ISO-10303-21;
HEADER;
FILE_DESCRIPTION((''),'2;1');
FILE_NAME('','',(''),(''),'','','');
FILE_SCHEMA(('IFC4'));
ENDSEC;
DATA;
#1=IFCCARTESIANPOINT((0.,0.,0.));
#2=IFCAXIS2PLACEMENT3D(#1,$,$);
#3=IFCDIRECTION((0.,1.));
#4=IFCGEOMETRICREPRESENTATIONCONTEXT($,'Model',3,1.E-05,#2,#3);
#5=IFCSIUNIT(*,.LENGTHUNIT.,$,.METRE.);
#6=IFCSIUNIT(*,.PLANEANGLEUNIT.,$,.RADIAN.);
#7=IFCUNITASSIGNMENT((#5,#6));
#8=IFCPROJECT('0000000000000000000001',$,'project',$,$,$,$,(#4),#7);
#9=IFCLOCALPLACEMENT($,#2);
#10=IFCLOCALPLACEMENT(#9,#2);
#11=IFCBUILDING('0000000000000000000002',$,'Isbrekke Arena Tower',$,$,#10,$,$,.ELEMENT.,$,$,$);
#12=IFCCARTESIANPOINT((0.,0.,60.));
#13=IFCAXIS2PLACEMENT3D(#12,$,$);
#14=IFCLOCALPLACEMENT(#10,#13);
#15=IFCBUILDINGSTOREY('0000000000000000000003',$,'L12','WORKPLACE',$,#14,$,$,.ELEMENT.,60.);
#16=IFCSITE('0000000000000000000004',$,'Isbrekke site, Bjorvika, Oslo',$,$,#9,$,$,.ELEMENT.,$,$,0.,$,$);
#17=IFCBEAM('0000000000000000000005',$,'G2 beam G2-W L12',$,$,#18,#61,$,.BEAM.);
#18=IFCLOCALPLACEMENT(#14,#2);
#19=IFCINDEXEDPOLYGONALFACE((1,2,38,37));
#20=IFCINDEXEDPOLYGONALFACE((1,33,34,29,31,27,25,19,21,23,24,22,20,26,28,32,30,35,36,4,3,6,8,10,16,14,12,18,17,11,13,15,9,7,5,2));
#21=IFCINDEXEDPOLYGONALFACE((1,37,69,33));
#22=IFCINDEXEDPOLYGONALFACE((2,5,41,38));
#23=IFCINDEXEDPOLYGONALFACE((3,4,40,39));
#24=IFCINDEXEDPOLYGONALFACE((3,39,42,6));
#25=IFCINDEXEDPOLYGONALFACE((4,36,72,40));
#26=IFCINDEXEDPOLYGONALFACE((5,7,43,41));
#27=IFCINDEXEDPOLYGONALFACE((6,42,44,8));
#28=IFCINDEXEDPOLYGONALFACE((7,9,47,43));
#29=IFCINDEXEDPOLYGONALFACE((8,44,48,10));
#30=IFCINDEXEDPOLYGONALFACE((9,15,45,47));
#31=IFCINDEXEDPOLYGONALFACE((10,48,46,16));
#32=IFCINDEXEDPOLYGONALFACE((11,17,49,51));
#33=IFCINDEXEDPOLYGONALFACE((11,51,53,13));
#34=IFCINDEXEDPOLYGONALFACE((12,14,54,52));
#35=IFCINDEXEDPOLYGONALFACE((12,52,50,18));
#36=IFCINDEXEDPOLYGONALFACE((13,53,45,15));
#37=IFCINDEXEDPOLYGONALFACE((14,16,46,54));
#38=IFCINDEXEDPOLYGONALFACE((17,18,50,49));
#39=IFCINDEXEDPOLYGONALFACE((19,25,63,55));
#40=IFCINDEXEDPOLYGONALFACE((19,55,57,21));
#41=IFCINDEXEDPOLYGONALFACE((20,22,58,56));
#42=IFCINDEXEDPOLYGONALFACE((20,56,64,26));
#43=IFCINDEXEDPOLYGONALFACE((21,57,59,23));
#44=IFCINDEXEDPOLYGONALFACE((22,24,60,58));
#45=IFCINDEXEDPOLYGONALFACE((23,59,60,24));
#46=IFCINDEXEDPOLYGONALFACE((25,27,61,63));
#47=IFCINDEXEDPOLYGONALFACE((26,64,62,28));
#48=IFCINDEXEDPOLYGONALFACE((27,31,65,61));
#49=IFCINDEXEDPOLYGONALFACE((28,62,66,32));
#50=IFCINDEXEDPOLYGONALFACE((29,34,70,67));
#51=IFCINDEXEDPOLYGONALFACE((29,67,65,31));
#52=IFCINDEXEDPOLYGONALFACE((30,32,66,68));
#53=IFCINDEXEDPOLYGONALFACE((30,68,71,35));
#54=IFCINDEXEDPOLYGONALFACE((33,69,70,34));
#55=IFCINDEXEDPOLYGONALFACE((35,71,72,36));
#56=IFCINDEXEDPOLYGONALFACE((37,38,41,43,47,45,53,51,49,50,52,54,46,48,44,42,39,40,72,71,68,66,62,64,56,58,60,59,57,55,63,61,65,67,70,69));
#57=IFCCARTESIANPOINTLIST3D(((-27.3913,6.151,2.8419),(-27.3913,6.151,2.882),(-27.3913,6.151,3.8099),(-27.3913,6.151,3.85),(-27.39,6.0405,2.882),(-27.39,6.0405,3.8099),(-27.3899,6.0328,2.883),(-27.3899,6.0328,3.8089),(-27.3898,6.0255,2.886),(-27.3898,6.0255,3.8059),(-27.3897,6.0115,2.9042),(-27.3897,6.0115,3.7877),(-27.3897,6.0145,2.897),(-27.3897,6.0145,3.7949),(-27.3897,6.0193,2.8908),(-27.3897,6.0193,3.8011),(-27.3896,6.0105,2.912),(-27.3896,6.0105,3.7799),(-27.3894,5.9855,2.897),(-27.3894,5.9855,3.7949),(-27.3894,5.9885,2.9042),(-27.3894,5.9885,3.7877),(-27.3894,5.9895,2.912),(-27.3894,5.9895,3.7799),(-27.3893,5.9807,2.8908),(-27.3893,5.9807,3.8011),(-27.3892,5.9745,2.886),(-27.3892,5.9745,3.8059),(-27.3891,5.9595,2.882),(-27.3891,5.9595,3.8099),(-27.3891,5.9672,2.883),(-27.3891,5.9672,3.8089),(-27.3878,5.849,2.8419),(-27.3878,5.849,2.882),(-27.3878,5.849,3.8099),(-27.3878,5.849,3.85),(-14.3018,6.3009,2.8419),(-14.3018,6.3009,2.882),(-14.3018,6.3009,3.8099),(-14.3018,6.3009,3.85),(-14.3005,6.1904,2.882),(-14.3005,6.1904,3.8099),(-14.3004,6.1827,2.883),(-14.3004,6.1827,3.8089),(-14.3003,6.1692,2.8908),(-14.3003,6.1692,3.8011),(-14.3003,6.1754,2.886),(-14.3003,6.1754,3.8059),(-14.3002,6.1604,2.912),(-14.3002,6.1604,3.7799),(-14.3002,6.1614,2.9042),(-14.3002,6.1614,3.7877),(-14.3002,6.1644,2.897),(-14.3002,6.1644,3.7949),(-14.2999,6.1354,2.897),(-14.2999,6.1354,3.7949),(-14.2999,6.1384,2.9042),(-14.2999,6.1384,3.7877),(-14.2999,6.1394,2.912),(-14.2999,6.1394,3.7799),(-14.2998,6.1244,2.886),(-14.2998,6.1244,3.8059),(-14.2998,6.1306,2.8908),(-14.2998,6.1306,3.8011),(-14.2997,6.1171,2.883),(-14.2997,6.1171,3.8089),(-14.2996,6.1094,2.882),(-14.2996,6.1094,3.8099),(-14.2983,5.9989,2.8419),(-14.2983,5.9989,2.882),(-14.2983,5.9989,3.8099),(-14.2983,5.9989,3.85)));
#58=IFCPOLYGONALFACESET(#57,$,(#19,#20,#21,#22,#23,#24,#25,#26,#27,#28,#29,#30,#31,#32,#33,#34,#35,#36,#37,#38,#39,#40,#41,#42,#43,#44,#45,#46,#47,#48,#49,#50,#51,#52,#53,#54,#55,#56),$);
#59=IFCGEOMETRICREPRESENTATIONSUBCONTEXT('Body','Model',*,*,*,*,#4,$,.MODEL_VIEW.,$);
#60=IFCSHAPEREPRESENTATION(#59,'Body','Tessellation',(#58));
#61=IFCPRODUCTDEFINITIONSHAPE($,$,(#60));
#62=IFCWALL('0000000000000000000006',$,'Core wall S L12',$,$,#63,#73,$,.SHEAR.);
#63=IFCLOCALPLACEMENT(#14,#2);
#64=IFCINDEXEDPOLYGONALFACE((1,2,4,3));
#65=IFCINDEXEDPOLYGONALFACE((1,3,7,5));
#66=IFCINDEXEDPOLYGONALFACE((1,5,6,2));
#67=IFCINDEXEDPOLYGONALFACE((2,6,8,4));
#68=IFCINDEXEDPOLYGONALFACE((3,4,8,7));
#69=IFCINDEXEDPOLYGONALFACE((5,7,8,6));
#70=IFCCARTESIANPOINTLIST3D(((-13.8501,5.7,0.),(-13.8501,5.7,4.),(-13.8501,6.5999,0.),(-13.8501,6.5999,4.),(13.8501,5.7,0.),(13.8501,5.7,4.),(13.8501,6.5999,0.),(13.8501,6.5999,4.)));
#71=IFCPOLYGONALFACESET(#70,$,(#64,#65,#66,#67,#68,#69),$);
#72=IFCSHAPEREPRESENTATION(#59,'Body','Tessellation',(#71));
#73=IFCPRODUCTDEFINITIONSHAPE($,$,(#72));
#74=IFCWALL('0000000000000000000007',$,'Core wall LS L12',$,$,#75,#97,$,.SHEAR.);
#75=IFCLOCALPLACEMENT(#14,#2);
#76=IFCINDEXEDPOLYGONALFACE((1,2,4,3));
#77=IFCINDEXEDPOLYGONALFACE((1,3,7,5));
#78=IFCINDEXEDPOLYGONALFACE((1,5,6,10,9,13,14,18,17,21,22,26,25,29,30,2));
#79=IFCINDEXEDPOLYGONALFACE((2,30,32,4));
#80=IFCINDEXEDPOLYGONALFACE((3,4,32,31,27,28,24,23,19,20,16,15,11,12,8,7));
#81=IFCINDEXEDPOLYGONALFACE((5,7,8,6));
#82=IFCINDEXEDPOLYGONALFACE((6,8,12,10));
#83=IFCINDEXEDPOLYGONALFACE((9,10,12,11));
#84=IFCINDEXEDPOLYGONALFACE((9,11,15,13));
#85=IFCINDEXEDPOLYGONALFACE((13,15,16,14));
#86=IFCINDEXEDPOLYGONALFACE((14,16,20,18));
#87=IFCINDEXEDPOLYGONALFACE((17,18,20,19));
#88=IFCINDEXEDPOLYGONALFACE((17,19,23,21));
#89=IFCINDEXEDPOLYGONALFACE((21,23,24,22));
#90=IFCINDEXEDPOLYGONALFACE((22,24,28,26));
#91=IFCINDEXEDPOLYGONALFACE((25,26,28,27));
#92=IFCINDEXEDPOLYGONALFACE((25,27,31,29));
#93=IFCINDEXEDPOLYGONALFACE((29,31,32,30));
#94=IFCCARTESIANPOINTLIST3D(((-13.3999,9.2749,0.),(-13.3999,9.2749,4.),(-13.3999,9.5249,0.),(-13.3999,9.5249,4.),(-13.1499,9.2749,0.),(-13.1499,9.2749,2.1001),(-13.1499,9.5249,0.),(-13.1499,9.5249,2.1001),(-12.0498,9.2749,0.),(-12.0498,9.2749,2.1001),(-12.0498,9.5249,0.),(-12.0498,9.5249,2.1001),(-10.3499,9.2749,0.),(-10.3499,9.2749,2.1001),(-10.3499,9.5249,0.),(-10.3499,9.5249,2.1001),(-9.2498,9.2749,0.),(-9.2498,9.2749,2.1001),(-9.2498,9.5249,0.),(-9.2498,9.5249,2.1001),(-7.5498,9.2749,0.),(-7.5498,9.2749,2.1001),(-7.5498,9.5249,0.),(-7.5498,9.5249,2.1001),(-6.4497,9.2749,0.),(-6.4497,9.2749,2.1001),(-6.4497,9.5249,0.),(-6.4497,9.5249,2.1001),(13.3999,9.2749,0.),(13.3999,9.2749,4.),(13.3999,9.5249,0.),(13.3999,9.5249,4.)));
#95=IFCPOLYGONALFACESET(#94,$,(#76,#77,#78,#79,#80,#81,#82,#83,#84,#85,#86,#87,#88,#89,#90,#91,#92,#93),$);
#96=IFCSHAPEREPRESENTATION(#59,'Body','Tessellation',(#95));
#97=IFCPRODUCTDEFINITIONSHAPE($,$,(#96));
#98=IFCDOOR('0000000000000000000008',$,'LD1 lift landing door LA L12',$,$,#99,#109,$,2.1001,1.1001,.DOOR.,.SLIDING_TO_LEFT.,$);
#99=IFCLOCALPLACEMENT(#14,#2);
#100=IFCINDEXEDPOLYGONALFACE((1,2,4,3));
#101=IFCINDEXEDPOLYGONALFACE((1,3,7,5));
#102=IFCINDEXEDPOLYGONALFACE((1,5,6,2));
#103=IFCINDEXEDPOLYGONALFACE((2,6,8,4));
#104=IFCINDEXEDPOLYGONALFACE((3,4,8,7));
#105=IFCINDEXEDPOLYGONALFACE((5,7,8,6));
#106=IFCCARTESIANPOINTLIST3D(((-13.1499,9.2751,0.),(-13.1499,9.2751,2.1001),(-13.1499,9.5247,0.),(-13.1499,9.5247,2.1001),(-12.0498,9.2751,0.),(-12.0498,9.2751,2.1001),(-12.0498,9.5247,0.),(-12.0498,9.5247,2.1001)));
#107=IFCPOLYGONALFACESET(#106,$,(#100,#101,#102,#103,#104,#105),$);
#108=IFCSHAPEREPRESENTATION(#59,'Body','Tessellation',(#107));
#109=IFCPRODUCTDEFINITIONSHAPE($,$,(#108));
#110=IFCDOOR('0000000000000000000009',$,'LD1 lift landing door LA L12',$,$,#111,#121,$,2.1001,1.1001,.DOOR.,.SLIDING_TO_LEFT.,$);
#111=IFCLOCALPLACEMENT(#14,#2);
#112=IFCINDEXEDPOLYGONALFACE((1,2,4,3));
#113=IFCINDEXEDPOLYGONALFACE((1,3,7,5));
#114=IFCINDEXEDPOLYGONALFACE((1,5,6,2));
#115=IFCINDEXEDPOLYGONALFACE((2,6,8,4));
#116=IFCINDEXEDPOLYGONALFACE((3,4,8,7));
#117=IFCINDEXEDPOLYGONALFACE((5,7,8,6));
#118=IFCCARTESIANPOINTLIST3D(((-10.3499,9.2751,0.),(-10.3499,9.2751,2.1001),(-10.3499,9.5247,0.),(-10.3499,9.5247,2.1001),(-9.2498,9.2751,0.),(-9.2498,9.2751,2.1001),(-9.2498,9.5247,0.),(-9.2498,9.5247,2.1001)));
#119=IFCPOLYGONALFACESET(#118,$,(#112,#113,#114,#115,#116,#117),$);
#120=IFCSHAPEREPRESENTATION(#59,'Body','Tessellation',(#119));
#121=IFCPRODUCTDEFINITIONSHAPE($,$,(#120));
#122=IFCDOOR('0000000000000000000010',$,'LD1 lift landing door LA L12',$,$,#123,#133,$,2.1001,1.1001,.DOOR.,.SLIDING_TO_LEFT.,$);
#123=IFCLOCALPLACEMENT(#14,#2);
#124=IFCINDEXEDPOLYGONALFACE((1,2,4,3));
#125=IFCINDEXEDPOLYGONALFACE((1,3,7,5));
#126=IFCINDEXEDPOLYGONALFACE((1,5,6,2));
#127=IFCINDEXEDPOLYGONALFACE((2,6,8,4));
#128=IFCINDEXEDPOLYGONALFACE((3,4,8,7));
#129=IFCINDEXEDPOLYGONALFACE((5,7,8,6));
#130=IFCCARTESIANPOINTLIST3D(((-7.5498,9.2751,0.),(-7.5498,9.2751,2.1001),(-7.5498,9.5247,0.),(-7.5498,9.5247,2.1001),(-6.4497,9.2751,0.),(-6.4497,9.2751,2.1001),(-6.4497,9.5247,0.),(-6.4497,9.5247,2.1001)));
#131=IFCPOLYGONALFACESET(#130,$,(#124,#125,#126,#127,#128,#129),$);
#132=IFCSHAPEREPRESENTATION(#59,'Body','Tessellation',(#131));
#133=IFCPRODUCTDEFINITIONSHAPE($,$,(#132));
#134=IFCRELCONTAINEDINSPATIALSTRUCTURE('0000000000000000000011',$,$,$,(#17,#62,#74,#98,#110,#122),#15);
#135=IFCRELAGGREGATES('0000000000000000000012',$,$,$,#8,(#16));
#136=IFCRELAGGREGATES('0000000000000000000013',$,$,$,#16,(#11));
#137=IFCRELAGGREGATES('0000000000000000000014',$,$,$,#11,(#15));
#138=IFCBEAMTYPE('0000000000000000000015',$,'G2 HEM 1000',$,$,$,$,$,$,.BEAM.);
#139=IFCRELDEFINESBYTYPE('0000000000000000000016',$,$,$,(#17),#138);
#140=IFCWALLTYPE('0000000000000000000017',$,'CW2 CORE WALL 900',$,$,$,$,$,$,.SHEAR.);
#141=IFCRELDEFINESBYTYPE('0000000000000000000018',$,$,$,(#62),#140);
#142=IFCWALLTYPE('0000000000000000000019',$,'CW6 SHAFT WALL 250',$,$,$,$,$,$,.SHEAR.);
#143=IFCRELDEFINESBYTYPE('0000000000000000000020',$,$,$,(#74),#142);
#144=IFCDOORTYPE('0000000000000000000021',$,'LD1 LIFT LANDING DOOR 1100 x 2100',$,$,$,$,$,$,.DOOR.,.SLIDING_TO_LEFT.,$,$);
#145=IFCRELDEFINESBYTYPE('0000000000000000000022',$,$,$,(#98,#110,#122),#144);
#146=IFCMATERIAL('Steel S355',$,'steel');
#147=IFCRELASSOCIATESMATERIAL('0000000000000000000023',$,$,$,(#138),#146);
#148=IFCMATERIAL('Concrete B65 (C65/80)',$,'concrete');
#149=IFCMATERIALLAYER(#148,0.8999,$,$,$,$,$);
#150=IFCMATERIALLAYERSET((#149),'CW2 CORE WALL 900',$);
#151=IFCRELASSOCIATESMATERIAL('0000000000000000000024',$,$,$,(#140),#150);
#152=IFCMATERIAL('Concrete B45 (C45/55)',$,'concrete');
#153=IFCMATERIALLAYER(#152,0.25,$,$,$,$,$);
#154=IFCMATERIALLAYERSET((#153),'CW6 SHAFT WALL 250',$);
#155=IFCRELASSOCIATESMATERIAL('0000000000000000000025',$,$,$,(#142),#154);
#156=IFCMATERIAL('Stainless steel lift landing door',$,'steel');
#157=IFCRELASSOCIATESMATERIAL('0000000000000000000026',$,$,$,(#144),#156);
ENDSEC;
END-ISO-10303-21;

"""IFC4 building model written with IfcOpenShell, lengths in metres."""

from ifc_helpers import new_model, si_unit, direction, frame, frame_2d, origin, origin_2d, place, context, subcontext, project, spatial, rectangle, i_section, extrude, material, layer, layer_set, material_profile, profile_set, type_object, element, fill, save


model = new_model("IFC4")

# Units and contexts
model_context = context("Model", 3, precision=1e-05, world=origin(), true_north=direction((0.0, 1.0)))
body_context = subcontext(model_context, "Body", "Model", "MODEL_VIEW")
ifc_project = project(units=[si_unit("LENGTHUNIT", "METRE"), si_unit("PLANEANGLEUNIT", "RADIAN")], contexts=[model_context])

# Site, building, storey
site_placement = place(None, origin())
site = spatial("IfcSite", under=ifc_project, at=site_placement, Name="Isbrekke site, Bjorvika, Oslo", CompositionType="ELEMENT", RefElevation=0.0)
building_placement = place(site_placement, origin())
building = spatial("IfcBuilding", under=site, at=building_placement, Name="Isbrekke Arena Tower", CompositionType="ELEMENT")
storey_placement = place(building_placement, frame((0.0, 0.0, 60.0)))
storey = spatial("IfcBuildingStorey", under=building, at=storey_placement, Name="L12", Description="WORKPLACE", CompositionType="ELEMENT", Elevation=60.0)

# Beam
ifc_material_1 = material(Name="Steel S355", Category="steel")
ifc_material_profile = material_profile(ifc_material_1, i_section(OverallWidth=0.302, OverallDepth=1.0081, WebThickness=0.021, FlangeThickness=0.04, FilletRadius=0.03, at=origin_2d()), Name="HEM 1000")
ifc_profile_set = profile_set([ifc_material_profile], Name="Steel S355")
beam_type = type_object("IfcBeamType", Name="G2 HEM 1000", PredefinedType="BEAM", material=ifc_profile_set)
beam_placement = place(storey_placement, frame((-14.3, 6.1499, 3.3459), z_axis=(-0.999934, -0.011451, 0.0), x_axis=(0.011451, -0.999934, 0.0)))
element("IfcBeam", 1, at=beam_placement, inside=storey, type_object=beam_type, Name="G2 beam G2-W L12", PredefinedType="BEAM", context=body_context, shape_type="SweptSolid", body=[
    extrude(i_section(OverallWidth=0.302, OverallDepth=1.0081, WebThickness=0.021, FlangeThickness=0.04, FilletRadius=0.03, at=origin_2d()), origin(), (0.0, 0.0, 1.0), 13.0903),
])

# Wall
ifc_material_2 = material(Name="Concrete B65 (C65/80)", Category="concrete")
ifc_layer_1 = layer(ifc_material_2, 0.8999)
ifc_layer_set_1 = layer_set([ifc_layer_1], Name="CW2 CORE WALL 900")
wall_type_1 = type_object("IfcWallType", Name="CW2 CORE WALL 900", PredefinedType="SHEAR", material=ifc_layer_set_1)
wall_1_placement = place(storey_placement, frame((-13.8501, 6.1499, 0.0), z_axis=(0.0, 0.0, 1.0), x_axis=(1.0, 0.0, 0.0)))
element("IfcWall", 2, at=wall_1_placement, inside=storey, type_object=wall_type_1, Name="Core wall S L12", PredefinedType="SHEAR", context=body_context, shape_type="SweptSolid", body=[
    extrude(rectangle(XDim=27.7002, YDim=0.8999, at=frame_2d((13.8501, 0.0))), origin(), (0.0, 0.0, 1.0), 4.0),
])

# Wall, openings, doors
ifc_material_3 = material(Name="Concrete B45 (C45/55)", Category="concrete")
ifc_layer_2 = layer(ifc_material_3, 0.25)
ifc_layer_set_2 = layer_set([ifc_layer_2], Name="CW6 SHAFT WALL 250")
wall_type_2 = type_object("IfcWallType", Name="CW6 SHAFT WALL 250", PredefinedType="SHEAR", material=ifc_layer_set_2)
wall_2_placement = place(storey_placement, frame((-13.3999, 9.3999, 0.0), z_axis=(0.0, 0.0, 1.0), x_axis=(1.0, 0.0, 0.0)))
wall_2 = element("IfcWall", 3, at=wall_2_placement, inside=storey, type_object=wall_type_2, Name="Core wall LS L12", PredefinedType="SHEAR", context=body_context, shape_type="SweptSolid", body=[
    extrude(rectangle(XDim=26.7998, YDim=0.25, at=frame_2d((13.3999, 0.0))), origin(), (0.0, 0.0, 1.0), 4.0),
])
opening_1_placement = place(wall_2_placement, frame((0.25, 0.0, 0.0)))
opening_1 = element("IfcOpeningElement", 4, at=opening_1_placement, cuts=wall_2, PredefinedType="OPENING", context=body_context, shape_type="SweptSolid", body=[
    extrude(rectangle(XDim=1.1001, YDim=2.1001, at=frame_2d((0.55, 1.05))), frame((0.0, 0.1399, 0.0), z_axis=(0.0, -1.0, 0.0), x_axis=(1.0, 0.0, 0.0)), (0.0, 0.0, 1.0), 0.2798),
])
opening_2_placement = place(wall_2_placement, frame((3.05, 0.0, 0.0)))
opening_2 = element("IfcOpeningElement", 5, at=opening_2_placement, cuts=wall_2, PredefinedType="OPENING", context=body_context, shape_type="SweptSolid", body=[
    extrude(rectangle(XDim=1.1001, YDim=2.1001, at=frame_2d((0.55, 1.05))), frame((0.0, 0.1399, 0.0), z_axis=(0.0, -1.0, 0.0), x_axis=(1.0, 0.0, 0.0)), (0.0, 0.0, 1.0), 0.2798),
])
opening_3_placement = place(wall_2_placement, frame((5.8501, 0.0, 0.0)))
opening_3 = element("IfcOpeningElement", 6, at=opening_3_placement, cuts=wall_2, PredefinedType="OPENING", context=body_context, shape_type="SweptSolid", body=[
    extrude(rectangle(XDim=1.1001, YDim=2.1001, at=frame_2d((0.55, 1.05))), frame((0.0, 0.1399, 0.0), z_axis=(0.0, -1.0, 0.0), x_axis=(1.0, 0.0, 0.0)), (0.0, 0.0, 1.0), 0.2798),
])
ifc_material_4 = material(Name="Stainless steel lift landing door", Category="steel")
door_type_1 = type_object("IfcDoorType", Name="LD1 LIFT LANDING DOOR 1100 x 2100", OperationType="SLIDING_TO_LEFT", PredefinedType="DOOR", material=ifc_material_4)
door_1_placement = place(opening_1_placement, origin())
door_1 = element("IfcDoor", 7, at=door_1_placement, inside=storey, type_object=door_type_1, Name="LD1 lift landing door LA L12", OperationType="SLIDING_TO_LEFT", OverallHeight=2.1001, OverallWidth=1.1001, PredefinedType="DOOR", context=body_context, shape_type="SweptSolid", body=[
    extrude(rectangle(XDim=1.1001, YDim=2.1001, at=frame_2d((0.55, 1.05))), frame((0.0, 0.1248, 0.0), z_axis=(0.0, -1.0, 0.0), x_axis=(1.0, 0.0, 0.0)), (0.0, 0.0, 1.0), 0.2495),
])
fill(opening_1, door_1)
door_2_placement = place(opening_2_placement, origin())
door_2 = element("IfcDoor", 8, at=door_2_placement, inside=storey, type_object=door_type_1, Name="LD1 lift landing door LA L12", OperationType="SLIDING_TO_LEFT", OverallHeight=2.1001, OverallWidth=1.1001, PredefinedType="DOOR", context=body_context, shape_type="SweptSolid", body=[
    extrude(rectangle(XDim=1.1001, YDim=2.1001, at=frame_2d((0.55, 1.05))), frame((0.0, 0.1248, 0.0), z_axis=(0.0, -1.0, 0.0), x_axis=(1.0, 0.0, 0.0)), (0.0, 0.0, 1.0), 0.2495),
])
fill(opening_2, door_2)
door_3_placement = place(opening_3_placement, origin())
door_3 = element("IfcDoor", 9, at=door_3_placement, inside=storey, type_object=door_type_1, Name="LD1 lift landing door LA L12", OperationType="SLIDING_TO_LEFT", OverallHeight=2.1001, OverallWidth=1.1001, PredefinedType="DOOR", context=body_context, shape_type="SweptSolid", body=[
    extrude(rectangle(XDim=1.1001, YDim=2.1001, at=frame_2d((0.55, 1.05))), frame((0.0, 0.1248, 0.0), z_axis=(0.0, -1.0, 0.0), x_axis=(1.0, 0.0, 0.0)), (0.0, 0.0, 1.0), 0.2495),
])
fill(opening_3, door_3)

save(model, "model.ifc")
